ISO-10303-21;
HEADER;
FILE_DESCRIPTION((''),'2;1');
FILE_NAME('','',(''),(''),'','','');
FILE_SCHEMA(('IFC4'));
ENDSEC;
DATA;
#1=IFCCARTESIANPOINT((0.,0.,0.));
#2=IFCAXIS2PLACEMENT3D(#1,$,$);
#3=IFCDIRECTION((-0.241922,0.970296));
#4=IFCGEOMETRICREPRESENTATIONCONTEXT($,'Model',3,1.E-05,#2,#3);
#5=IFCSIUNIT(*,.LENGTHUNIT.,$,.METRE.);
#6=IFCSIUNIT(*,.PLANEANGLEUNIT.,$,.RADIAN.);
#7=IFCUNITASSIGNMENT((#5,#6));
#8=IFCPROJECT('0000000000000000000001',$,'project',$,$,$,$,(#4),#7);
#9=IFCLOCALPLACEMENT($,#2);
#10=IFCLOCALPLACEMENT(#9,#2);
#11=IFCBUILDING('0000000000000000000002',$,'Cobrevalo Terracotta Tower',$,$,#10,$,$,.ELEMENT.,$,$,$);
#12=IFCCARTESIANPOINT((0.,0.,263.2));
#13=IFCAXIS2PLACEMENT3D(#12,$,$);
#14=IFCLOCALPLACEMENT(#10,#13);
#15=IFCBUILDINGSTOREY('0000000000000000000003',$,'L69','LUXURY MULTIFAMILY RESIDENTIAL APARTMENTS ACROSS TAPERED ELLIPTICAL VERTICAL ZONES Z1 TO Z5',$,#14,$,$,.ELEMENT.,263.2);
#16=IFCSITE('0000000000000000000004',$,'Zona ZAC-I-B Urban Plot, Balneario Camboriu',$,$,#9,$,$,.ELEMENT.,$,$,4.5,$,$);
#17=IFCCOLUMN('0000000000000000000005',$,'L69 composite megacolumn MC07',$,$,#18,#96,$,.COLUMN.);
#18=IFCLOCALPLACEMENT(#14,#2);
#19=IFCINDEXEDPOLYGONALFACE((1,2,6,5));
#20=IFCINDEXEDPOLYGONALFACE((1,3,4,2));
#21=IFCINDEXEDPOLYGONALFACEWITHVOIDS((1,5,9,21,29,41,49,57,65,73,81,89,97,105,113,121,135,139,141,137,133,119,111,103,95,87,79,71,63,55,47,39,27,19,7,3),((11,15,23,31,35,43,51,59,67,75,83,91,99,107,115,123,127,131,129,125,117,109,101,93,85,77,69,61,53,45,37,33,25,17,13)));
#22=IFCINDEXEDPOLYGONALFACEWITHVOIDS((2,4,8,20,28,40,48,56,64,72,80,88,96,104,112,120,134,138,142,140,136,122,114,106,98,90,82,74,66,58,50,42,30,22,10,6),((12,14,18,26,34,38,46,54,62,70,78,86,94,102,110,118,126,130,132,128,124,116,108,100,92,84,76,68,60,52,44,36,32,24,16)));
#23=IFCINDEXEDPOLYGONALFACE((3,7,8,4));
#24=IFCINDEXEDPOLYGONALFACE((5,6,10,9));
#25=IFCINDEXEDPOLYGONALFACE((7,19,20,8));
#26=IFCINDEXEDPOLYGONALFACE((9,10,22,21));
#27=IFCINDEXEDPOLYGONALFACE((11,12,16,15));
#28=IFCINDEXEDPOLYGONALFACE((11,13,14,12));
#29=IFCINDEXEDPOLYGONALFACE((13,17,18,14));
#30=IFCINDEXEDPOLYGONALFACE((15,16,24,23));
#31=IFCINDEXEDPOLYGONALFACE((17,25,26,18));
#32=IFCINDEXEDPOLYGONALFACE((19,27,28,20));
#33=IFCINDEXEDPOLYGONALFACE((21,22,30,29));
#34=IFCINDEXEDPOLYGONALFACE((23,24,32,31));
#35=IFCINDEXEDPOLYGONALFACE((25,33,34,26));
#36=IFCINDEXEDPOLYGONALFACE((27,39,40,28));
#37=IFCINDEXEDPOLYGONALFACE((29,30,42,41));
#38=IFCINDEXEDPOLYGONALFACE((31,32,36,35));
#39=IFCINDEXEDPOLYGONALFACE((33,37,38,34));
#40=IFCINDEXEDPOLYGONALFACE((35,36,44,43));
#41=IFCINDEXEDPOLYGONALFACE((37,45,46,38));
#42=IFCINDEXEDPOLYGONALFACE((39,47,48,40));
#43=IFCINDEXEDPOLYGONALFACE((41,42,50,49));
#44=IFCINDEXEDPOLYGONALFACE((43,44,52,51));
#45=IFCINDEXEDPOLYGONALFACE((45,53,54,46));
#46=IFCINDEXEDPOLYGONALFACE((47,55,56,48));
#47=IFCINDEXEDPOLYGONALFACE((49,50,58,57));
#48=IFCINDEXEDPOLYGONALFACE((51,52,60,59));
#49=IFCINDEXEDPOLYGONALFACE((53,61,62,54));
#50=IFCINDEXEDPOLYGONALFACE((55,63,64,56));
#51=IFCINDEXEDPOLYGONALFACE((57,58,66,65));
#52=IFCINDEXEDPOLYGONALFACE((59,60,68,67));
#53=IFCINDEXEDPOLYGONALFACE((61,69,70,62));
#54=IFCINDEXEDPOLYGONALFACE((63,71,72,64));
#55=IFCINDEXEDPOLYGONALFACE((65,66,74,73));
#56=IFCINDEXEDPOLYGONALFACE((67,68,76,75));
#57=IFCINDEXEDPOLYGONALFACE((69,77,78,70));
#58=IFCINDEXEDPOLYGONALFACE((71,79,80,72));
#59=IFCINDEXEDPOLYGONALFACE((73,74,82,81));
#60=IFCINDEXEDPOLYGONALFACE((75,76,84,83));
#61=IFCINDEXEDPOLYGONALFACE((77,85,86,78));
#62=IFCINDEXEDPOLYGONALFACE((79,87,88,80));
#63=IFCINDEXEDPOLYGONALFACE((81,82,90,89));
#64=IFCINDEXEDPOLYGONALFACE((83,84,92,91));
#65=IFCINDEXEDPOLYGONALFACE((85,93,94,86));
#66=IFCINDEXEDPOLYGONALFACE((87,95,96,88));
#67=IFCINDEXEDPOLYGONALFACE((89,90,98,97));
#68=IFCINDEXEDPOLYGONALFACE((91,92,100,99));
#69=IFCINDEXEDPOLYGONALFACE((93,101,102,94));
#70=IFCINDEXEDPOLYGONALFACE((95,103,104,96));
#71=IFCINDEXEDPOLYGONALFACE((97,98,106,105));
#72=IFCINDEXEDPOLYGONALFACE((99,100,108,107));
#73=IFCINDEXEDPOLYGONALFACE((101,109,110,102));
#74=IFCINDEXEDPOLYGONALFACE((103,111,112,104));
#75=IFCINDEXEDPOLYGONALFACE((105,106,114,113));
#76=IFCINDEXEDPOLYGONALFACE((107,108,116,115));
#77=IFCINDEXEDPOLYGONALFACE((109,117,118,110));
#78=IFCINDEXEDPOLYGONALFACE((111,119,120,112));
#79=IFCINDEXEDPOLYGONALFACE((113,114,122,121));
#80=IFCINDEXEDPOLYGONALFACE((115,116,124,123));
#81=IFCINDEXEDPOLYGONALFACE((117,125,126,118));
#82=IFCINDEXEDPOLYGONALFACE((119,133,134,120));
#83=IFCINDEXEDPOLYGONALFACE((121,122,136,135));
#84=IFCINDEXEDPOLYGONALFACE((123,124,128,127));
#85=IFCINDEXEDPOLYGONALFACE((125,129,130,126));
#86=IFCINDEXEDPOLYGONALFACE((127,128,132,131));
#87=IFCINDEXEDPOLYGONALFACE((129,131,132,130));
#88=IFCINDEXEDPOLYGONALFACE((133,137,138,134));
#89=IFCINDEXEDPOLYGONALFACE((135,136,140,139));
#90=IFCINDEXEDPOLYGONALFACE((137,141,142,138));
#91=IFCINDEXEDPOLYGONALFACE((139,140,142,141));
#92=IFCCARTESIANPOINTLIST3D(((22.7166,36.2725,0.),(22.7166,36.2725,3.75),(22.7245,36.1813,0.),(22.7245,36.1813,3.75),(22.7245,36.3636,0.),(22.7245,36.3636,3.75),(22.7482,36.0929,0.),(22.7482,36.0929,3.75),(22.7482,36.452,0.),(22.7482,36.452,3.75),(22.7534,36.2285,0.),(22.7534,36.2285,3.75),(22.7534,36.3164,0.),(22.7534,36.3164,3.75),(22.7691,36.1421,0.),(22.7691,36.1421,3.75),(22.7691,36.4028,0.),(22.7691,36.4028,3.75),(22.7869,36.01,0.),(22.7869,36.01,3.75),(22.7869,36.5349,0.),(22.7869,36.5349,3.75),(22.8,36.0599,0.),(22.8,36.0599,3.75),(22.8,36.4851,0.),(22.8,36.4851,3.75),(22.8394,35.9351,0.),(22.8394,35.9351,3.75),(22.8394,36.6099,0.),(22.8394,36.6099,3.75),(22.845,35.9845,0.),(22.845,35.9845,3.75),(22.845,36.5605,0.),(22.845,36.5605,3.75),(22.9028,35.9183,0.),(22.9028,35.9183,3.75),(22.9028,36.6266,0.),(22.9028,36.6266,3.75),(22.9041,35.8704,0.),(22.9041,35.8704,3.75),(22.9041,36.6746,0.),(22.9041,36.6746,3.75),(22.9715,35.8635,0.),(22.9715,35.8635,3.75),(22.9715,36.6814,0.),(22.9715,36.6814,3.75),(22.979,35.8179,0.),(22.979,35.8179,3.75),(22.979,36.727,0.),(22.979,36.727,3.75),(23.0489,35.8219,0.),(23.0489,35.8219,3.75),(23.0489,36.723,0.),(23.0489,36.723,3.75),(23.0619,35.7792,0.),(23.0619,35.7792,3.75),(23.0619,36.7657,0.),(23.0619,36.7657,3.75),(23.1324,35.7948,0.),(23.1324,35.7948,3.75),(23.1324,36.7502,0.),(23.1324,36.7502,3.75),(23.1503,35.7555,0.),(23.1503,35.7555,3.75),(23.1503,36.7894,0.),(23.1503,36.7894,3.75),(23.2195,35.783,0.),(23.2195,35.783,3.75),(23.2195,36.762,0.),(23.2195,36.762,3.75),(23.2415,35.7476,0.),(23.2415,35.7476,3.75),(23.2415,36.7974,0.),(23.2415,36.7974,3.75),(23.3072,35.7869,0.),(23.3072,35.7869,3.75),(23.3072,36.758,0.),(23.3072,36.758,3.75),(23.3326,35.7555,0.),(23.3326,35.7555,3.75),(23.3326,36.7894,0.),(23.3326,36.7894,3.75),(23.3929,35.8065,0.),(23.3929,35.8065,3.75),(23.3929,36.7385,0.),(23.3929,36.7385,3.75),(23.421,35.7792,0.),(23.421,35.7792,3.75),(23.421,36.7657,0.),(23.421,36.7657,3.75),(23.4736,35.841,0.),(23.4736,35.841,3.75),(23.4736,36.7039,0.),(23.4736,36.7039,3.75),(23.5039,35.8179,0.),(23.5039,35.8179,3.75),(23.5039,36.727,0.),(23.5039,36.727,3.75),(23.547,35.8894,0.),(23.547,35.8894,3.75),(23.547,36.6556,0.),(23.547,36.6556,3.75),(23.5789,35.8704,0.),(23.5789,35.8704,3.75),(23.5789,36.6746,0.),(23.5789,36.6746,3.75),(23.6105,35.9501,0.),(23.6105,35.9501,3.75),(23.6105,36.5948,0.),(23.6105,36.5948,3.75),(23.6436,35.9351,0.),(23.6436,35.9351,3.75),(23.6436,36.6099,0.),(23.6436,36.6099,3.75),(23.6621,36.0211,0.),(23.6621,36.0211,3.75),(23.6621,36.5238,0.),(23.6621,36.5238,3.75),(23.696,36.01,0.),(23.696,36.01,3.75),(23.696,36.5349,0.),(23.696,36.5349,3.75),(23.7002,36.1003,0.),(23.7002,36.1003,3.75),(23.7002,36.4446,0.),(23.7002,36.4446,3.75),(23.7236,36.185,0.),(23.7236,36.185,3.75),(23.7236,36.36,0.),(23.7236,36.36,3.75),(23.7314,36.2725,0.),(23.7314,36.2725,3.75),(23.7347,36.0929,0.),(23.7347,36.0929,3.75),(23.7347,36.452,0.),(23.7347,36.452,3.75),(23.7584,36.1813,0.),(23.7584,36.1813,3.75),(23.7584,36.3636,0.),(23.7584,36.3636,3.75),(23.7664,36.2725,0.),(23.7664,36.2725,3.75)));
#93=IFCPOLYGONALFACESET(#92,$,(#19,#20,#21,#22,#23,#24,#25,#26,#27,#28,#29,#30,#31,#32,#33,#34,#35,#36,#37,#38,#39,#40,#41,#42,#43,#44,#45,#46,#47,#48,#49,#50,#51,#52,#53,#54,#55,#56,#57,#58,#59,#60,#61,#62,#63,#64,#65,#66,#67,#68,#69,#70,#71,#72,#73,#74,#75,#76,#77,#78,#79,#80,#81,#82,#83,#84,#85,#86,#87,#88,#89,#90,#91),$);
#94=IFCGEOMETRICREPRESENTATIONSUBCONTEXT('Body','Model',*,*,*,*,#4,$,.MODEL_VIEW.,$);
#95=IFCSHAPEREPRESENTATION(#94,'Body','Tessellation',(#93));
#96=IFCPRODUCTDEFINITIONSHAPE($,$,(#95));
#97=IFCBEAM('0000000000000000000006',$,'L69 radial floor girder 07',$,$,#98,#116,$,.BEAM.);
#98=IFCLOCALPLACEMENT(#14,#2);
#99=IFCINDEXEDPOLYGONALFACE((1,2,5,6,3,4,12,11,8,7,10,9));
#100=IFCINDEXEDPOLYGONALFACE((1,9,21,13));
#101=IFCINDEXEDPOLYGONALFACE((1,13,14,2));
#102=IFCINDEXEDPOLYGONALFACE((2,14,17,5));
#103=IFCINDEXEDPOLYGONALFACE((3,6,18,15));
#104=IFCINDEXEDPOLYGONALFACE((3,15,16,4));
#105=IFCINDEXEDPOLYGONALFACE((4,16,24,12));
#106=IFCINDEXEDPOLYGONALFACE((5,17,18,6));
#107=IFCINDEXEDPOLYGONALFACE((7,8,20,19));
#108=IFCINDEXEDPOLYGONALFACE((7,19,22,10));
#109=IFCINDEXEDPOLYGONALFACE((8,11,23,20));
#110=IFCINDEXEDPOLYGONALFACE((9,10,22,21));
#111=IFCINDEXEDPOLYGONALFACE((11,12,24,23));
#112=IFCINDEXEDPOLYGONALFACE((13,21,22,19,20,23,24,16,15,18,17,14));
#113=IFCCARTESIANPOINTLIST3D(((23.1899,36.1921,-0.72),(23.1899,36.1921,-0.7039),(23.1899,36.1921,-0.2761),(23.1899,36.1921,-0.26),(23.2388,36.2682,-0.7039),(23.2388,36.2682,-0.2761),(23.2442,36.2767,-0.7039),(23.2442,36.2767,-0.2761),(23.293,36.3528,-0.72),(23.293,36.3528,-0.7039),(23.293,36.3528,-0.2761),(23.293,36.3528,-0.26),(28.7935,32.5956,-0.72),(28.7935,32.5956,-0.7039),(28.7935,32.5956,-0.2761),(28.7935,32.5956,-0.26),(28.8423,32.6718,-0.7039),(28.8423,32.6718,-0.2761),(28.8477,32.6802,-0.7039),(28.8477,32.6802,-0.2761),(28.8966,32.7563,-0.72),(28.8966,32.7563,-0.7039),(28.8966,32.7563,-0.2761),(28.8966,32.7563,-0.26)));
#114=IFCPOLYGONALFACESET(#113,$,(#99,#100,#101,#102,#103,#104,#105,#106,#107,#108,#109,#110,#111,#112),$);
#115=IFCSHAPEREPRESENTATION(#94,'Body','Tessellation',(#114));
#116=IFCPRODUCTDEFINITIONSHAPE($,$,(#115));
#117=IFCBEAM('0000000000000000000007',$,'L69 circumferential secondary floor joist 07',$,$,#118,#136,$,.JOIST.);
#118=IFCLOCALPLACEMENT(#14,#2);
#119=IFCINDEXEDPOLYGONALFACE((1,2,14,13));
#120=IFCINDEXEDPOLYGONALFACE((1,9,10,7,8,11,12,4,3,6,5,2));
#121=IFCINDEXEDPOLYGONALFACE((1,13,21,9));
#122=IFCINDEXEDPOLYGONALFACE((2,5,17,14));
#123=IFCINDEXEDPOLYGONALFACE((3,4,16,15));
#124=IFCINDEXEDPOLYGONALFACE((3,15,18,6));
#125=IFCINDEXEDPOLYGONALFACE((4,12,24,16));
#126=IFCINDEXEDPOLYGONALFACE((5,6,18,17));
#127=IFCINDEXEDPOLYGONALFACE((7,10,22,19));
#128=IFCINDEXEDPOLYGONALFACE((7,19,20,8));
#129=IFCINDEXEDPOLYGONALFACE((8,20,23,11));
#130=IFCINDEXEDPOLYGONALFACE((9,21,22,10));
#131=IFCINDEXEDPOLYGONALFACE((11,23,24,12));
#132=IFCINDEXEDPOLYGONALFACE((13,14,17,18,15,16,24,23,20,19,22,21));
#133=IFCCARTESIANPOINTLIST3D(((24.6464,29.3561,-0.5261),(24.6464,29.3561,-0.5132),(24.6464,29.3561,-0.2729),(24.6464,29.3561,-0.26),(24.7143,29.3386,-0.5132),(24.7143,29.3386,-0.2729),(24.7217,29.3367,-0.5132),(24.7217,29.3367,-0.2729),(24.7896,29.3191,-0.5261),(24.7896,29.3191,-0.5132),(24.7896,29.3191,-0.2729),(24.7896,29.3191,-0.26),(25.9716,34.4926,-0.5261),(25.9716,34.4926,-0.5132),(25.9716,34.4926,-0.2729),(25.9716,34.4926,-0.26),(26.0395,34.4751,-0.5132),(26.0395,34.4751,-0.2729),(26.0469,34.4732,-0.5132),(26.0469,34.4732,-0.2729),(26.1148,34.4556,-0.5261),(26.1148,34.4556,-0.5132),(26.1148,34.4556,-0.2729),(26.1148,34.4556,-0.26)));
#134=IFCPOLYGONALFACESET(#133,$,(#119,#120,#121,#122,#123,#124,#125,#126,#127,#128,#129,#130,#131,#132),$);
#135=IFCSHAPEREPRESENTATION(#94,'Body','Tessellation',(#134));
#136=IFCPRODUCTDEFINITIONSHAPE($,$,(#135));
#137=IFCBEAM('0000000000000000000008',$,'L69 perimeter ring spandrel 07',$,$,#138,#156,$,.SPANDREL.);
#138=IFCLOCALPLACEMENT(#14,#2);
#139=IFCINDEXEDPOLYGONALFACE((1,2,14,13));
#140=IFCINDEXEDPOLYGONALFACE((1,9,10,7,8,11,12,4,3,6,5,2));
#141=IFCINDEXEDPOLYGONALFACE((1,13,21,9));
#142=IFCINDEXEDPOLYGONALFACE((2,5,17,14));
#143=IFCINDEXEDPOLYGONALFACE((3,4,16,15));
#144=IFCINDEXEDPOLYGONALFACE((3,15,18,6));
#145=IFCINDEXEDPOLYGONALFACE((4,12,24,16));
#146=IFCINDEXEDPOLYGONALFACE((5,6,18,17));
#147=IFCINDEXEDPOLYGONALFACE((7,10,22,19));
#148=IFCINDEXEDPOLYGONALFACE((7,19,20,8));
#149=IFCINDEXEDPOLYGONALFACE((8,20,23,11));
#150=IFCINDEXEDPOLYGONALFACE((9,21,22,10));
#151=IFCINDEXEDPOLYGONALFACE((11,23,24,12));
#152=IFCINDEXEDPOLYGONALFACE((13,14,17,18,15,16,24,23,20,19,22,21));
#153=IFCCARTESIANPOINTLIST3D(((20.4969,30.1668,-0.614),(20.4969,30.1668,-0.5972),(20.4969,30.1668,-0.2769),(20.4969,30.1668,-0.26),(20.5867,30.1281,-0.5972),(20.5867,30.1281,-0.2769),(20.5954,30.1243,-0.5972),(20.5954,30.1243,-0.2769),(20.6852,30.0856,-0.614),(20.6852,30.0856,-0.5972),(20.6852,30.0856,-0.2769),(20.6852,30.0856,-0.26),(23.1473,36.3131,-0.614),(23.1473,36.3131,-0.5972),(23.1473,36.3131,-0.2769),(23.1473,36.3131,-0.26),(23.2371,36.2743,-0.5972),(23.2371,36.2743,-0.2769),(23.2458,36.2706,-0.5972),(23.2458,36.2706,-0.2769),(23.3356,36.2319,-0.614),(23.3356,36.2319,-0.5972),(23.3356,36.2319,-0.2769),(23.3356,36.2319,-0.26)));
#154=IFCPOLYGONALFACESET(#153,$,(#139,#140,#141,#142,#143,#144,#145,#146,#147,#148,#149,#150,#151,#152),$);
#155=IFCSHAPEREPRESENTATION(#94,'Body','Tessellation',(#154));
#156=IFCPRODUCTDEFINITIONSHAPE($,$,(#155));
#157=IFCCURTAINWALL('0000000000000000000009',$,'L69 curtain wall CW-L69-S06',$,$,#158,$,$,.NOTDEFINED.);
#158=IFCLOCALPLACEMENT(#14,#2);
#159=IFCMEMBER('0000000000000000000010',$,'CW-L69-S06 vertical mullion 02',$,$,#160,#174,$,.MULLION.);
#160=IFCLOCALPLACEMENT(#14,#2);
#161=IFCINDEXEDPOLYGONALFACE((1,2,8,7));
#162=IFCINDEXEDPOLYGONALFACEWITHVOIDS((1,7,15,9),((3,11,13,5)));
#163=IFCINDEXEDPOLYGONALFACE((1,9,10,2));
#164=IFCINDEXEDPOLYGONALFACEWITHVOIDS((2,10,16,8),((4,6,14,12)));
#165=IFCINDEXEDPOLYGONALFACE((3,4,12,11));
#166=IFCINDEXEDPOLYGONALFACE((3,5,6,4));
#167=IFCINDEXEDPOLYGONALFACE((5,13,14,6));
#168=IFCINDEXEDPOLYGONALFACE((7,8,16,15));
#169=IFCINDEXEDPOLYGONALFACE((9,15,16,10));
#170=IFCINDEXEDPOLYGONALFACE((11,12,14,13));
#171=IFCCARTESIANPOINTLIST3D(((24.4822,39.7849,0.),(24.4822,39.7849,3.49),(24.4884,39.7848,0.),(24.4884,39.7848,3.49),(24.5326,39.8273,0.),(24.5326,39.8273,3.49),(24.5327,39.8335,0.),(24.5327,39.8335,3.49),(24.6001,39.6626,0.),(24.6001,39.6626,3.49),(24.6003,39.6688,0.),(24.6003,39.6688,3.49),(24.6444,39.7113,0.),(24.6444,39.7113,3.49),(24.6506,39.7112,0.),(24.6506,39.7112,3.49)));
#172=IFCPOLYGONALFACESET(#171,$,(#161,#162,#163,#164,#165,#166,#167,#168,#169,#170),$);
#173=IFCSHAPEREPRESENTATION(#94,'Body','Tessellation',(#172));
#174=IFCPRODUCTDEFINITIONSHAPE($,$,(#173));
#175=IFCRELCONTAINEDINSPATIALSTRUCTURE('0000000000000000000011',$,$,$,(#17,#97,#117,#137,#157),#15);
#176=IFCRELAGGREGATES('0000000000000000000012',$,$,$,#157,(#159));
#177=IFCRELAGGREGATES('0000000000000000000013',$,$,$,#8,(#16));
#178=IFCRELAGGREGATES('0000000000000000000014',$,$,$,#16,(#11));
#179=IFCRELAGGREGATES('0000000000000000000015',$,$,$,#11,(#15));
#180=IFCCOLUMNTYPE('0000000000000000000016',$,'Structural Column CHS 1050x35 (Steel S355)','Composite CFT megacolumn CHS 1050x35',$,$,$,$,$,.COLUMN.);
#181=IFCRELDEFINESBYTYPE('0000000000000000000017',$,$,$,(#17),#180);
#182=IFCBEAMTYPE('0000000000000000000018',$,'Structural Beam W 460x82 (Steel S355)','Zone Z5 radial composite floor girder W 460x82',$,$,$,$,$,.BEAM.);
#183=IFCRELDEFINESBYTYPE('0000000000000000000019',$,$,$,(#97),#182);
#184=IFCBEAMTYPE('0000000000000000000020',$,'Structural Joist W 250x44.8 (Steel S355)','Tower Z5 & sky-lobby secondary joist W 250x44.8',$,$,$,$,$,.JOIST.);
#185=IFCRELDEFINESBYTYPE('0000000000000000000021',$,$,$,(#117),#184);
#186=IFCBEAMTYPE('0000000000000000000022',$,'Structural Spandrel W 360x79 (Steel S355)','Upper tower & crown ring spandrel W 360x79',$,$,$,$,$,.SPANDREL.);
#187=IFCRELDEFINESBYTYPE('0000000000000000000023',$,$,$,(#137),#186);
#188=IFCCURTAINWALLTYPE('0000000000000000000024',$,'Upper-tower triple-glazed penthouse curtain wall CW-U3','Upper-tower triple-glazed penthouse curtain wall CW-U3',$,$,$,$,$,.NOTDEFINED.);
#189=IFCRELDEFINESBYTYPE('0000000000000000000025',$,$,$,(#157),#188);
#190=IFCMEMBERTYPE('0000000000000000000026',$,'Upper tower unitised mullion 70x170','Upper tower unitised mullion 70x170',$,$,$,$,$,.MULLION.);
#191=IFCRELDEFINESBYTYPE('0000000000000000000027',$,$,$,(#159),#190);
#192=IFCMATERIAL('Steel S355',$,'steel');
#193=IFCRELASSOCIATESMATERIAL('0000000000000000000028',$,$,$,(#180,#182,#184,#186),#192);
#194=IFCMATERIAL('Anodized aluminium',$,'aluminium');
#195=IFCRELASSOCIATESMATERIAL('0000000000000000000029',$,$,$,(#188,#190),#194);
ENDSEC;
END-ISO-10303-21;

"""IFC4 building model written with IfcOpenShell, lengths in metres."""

from ifc_helpers import new_model, si_unit, direction, frame, origin, origin_2d, place, context, subcontext, project, spatial, hollow_rectangle, hollow_circle, i_section, extrude, source, transform, mapped, material, material_profile, profile_set, type_object, element, aggregate, save


model = new_model("IFC4")

# Units and contexts
model_context = context("Model", 3, precision=1e-05, world=origin(), true_north=direction((-0.241922, 0.970296)))
body_context = subcontext(model_context, "Body", "Model", "MODEL_VIEW")
ifc_project = project(units=[si_unit("LENGTHUNIT", "METRE"), si_unit("PLANEANGLEUNIT", "RADIAN")], contexts=[model_context])

# Site, building, storey
site_placement = place(None, origin())
site = spatial("IfcSite", under=ifc_project, at=site_placement, Name="Zona ZAC-I-B Urban Plot, Balneario Camboriu", CompositionType="ELEMENT", RefElevation=4.5)
building_placement = place(site_placement, origin())
building = spatial("IfcBuilding", under=site, at=building_placement, Name="Cobrevalo Terracotta Tower", CompositionType="ELEMENT")
storey_placement = place(building_placement, frame((0.0, 0.0, 263.2)))
storey = spatial("IfcBuildingStorey", under=building, at=storey_placement, Name="L69", Description="LUXURY MULTIFAMILY RESIDENTIAL APARTMENTS ACROSS TAPERED ELLIPTICAL VERTICAL ZONES Z1 TO Z5", CompositionType="ELEMENT", Elevation=263.2)

# Column
ifc_material_1 = material(Name="Steel S355", Category="steel")
ifc_material_profile_1 = material_profile(ifc_material_1, hollow_circle(Radius=0.5249, WallThickness=0.0349, at=origin_2d()), Name="CHS 1050x35")
ifc_profile_set_1 = profile_set([ifc_material_profile_1], Name="Steel S355")
column_type = type_object("IfcColumnType", Name="Structural Column CHS 1050x35 (Steel S355)", Description="Composite CFT megacolumn CHS 1050x35", PredefinedType="COLUMN", material=ifc_profile_set_1)
column_placement = place(storey_placement, frame((23.2415, 36.2725, 0.0), z_axis=(0.0, 0.0, 1.0), x_axis=(1.0, 0.0, 0.0)))
element("IfcColumn", 1, at=column_placement, inside=storey, type_object=column_type, Name="L69 composite megacolumn MC07", PredefinedType="COLUMN", context=body_context, shape_type="SweptSolid", body=[
    extrude(hollow_circle(Radius=0.5249, WallThickness=0.0349, at=origin_2d()), origin(), (0.0, 0.0, 1.0), 3.75),
])

# Beams
ifc_material_profile_2 = material_profile(ifc_material_1, i_section(OverallWidth=0.1909, OverallDepth=0.46, WebThickness=0.01, FlangeThickness=0.0161, at=origin_2d()), Name="W 460x82")
ifc_profile_set_2 = profile_set([ifc_material_profile_2], Name="Steel S355")
beam_type_1 = type_object("IfcBeamType", Name="Structural Beam W 460x82 (Steel S355)", Description="Zone Z5 radial composite floor girder W 460x82", PredefinedType="BEAM", material=ifc_profile_set_2)
beam_1_placement = place(storey_placement, frame((23.2415, 36.2725, -0.49), z_axis=(0.841576, -0.540138, 0.0), x_axis=(0.540138, 0.841576, 0.0)))
element("IfcBeam", 2, at=beam_1_placement, inside=storey, type_object=beam_type_1, Name="L69 radial floor girder 07", PredefinedType="BEAM", context=body_context, shape_type="SweptSolid", body=[
    extrude(i_section(OverallWidth=0.1909, OverallDepth=0.46, WebThickness=0.01, FlangeThickness=0.0161, at=origin_2d()), origin(), (0.0, 0.0, 1.0), 6.6584),
])
ifc_material_profile_3 = material_profile(ifc_material_1, i_section(OverallWidth=0.1479, OverallDepth=0.2661, WebThickness=0.0076, FlangeThickness=0.0129, at=origin_2d()), Name="W 250x44.8")
ifc_profile_set_3 = profile_set([ifc_material_profile_3], Name="Steel S355")
beam_type_2 = type_object("IfcBeamType", Name="Structural Joist W 250x44.8 (Steel S355)", Description="Tower Z5 & sky-lobby secondary joist W 250x44.8", PredefinedType="JOIST", material=ifc_profile_set_3)
beam_2_placement = place(storey_placement, frame((26.0432, 34.4741, -0.3931), z_axis=(-0.249817, -0.968293, 0.0), x_axis=(0.968293, -0.249817, 0.0)))
element("IfcBeam", 3, at=beam_2_placement, inside=storey, type_object=beam_type_2, Name="L69 circumferential secondary floor joist 07", PredefinedType="JOIST", context=body_context, shape_type="SweptSolid", body=[
    extrude(i_section(OverallWidth=0.1479, OverallDepth=0.2661, WebThickness=0.0076, FlangeThickness=0.0129, at=origin_2d()), origin(), (0.0, 0.0, 1.0), 5.3047),
])
ifc_material_profile_4 = material_profile(ifc_material_1, i_section(OverallWidth=0.2051, OverallDepth=0.354, WebThickness=0.0095, FlangeThickness=0.0168, at=origin_2d()), Name="W 360x79")
ifc_profile_set_4 = profile_set([ifc_material_profile_4], Name="Steel S355")
beam_type_3 = type_object("IfcBeamType", Name="Structural Spandrel W 360x79 (Steel S355)", Description="Upper tower & crown ring spandrel W 360x79", PredefinedType="SPANDREL", material=ifc_profile_set_4)
beam_3_placement = place(storey_placement, frame((23.2415, 36.2725, -0.437), z_axis=(-0.395974, -0.918262, 0.0), x_axis=(0.918262, -0.395974, 0.0)))
element("IfcBeam", 4, at=beam_3_placement, inside=storey, type_object=beam_type_3, Name="L69 perimeter ring spandrel 07", PredefinedType="SPANDREL", context=body_context, shape_type="SweptSolid", body=[
    extrude(i_section(OverallWidth=0.2051, OverallDepth=0.354, WebThickness=0.0095, FlangeThickness=0.0168, at=origin_2d()), origin(), (0.0, 0.0, 1.0), 6.6934),
])

# Curtain wall, member
ifc_material_2 = material(Name="Anodized aluminium", Category="aluminium")
curtain_wall_type = type_object("IfcCurtainWallType", Name="Upper-tower triple-glazed penthouse curtain wall CW-U3", Description="Upper-tower triple-glazed penthouse curtain wall CW-U3", PredefinedType="NOTDEFINED", material=ifc_material_2)
curtain_wall_1_placement = place(storey_placement, origin())
curtain_wall_1 = element("IfcCurtainWall", 5, at=curtain_wall_1_placement, inside=storey, type_object=curtain_wall_type, Name="L69 curtain wall CW-L69-S06", PredefinedType="NOTDEFINED")
ifc_material_profile_5 = material_profile(ifc_material_2, hollow_rectangle(XDim=0.0701, YDim=0.1699, WallThickness=0.0044, at=origin_2d()), Name="CWM 70x170")
ifc_profile_set_5 = profile_set([ifc_material_profile_5], Name="Anodized aluminium")
member_type_1 = type_object("IfcMemberType", Name="Upper tower unitised mullion 70x170", Description="Upper tower unitised mullion 70x170", PredefinedType="MULLION", material=ifc_profile_set_5)
shared_shape_1 = source(origin(), body_context, "Body", "SweptSolid", [
    extrude(hollow_rectangle(XDim=0.0701, YDim=0.1699, WallThickness=0.0044, at=origin_2d()), origin(), (0.0, 0.0, 1.0), 3.49),
])
member_1_placement = place(storey_placement, frame((24.5664, 39.748, 0.0), z_axis=(0.0, 0.0, 1.0), x_axis=(-0.719994, -0.69398, 0.0)))
member_1 = element("IfcMember", 6, at=member_1_placement, type_object=member_type_1, Name="CW-L69-S06 vertical mullion 02", PredefinedType="MULLION", context=body_context, shape_type="MappedRepresentation", body=[
    mapped(shared_shape_1, transform((0.0, 0.0, 0.0), scale=1.0)),
])

aggregate(curtain_wall_1, [member_1])

save(model, "model.ifc")
